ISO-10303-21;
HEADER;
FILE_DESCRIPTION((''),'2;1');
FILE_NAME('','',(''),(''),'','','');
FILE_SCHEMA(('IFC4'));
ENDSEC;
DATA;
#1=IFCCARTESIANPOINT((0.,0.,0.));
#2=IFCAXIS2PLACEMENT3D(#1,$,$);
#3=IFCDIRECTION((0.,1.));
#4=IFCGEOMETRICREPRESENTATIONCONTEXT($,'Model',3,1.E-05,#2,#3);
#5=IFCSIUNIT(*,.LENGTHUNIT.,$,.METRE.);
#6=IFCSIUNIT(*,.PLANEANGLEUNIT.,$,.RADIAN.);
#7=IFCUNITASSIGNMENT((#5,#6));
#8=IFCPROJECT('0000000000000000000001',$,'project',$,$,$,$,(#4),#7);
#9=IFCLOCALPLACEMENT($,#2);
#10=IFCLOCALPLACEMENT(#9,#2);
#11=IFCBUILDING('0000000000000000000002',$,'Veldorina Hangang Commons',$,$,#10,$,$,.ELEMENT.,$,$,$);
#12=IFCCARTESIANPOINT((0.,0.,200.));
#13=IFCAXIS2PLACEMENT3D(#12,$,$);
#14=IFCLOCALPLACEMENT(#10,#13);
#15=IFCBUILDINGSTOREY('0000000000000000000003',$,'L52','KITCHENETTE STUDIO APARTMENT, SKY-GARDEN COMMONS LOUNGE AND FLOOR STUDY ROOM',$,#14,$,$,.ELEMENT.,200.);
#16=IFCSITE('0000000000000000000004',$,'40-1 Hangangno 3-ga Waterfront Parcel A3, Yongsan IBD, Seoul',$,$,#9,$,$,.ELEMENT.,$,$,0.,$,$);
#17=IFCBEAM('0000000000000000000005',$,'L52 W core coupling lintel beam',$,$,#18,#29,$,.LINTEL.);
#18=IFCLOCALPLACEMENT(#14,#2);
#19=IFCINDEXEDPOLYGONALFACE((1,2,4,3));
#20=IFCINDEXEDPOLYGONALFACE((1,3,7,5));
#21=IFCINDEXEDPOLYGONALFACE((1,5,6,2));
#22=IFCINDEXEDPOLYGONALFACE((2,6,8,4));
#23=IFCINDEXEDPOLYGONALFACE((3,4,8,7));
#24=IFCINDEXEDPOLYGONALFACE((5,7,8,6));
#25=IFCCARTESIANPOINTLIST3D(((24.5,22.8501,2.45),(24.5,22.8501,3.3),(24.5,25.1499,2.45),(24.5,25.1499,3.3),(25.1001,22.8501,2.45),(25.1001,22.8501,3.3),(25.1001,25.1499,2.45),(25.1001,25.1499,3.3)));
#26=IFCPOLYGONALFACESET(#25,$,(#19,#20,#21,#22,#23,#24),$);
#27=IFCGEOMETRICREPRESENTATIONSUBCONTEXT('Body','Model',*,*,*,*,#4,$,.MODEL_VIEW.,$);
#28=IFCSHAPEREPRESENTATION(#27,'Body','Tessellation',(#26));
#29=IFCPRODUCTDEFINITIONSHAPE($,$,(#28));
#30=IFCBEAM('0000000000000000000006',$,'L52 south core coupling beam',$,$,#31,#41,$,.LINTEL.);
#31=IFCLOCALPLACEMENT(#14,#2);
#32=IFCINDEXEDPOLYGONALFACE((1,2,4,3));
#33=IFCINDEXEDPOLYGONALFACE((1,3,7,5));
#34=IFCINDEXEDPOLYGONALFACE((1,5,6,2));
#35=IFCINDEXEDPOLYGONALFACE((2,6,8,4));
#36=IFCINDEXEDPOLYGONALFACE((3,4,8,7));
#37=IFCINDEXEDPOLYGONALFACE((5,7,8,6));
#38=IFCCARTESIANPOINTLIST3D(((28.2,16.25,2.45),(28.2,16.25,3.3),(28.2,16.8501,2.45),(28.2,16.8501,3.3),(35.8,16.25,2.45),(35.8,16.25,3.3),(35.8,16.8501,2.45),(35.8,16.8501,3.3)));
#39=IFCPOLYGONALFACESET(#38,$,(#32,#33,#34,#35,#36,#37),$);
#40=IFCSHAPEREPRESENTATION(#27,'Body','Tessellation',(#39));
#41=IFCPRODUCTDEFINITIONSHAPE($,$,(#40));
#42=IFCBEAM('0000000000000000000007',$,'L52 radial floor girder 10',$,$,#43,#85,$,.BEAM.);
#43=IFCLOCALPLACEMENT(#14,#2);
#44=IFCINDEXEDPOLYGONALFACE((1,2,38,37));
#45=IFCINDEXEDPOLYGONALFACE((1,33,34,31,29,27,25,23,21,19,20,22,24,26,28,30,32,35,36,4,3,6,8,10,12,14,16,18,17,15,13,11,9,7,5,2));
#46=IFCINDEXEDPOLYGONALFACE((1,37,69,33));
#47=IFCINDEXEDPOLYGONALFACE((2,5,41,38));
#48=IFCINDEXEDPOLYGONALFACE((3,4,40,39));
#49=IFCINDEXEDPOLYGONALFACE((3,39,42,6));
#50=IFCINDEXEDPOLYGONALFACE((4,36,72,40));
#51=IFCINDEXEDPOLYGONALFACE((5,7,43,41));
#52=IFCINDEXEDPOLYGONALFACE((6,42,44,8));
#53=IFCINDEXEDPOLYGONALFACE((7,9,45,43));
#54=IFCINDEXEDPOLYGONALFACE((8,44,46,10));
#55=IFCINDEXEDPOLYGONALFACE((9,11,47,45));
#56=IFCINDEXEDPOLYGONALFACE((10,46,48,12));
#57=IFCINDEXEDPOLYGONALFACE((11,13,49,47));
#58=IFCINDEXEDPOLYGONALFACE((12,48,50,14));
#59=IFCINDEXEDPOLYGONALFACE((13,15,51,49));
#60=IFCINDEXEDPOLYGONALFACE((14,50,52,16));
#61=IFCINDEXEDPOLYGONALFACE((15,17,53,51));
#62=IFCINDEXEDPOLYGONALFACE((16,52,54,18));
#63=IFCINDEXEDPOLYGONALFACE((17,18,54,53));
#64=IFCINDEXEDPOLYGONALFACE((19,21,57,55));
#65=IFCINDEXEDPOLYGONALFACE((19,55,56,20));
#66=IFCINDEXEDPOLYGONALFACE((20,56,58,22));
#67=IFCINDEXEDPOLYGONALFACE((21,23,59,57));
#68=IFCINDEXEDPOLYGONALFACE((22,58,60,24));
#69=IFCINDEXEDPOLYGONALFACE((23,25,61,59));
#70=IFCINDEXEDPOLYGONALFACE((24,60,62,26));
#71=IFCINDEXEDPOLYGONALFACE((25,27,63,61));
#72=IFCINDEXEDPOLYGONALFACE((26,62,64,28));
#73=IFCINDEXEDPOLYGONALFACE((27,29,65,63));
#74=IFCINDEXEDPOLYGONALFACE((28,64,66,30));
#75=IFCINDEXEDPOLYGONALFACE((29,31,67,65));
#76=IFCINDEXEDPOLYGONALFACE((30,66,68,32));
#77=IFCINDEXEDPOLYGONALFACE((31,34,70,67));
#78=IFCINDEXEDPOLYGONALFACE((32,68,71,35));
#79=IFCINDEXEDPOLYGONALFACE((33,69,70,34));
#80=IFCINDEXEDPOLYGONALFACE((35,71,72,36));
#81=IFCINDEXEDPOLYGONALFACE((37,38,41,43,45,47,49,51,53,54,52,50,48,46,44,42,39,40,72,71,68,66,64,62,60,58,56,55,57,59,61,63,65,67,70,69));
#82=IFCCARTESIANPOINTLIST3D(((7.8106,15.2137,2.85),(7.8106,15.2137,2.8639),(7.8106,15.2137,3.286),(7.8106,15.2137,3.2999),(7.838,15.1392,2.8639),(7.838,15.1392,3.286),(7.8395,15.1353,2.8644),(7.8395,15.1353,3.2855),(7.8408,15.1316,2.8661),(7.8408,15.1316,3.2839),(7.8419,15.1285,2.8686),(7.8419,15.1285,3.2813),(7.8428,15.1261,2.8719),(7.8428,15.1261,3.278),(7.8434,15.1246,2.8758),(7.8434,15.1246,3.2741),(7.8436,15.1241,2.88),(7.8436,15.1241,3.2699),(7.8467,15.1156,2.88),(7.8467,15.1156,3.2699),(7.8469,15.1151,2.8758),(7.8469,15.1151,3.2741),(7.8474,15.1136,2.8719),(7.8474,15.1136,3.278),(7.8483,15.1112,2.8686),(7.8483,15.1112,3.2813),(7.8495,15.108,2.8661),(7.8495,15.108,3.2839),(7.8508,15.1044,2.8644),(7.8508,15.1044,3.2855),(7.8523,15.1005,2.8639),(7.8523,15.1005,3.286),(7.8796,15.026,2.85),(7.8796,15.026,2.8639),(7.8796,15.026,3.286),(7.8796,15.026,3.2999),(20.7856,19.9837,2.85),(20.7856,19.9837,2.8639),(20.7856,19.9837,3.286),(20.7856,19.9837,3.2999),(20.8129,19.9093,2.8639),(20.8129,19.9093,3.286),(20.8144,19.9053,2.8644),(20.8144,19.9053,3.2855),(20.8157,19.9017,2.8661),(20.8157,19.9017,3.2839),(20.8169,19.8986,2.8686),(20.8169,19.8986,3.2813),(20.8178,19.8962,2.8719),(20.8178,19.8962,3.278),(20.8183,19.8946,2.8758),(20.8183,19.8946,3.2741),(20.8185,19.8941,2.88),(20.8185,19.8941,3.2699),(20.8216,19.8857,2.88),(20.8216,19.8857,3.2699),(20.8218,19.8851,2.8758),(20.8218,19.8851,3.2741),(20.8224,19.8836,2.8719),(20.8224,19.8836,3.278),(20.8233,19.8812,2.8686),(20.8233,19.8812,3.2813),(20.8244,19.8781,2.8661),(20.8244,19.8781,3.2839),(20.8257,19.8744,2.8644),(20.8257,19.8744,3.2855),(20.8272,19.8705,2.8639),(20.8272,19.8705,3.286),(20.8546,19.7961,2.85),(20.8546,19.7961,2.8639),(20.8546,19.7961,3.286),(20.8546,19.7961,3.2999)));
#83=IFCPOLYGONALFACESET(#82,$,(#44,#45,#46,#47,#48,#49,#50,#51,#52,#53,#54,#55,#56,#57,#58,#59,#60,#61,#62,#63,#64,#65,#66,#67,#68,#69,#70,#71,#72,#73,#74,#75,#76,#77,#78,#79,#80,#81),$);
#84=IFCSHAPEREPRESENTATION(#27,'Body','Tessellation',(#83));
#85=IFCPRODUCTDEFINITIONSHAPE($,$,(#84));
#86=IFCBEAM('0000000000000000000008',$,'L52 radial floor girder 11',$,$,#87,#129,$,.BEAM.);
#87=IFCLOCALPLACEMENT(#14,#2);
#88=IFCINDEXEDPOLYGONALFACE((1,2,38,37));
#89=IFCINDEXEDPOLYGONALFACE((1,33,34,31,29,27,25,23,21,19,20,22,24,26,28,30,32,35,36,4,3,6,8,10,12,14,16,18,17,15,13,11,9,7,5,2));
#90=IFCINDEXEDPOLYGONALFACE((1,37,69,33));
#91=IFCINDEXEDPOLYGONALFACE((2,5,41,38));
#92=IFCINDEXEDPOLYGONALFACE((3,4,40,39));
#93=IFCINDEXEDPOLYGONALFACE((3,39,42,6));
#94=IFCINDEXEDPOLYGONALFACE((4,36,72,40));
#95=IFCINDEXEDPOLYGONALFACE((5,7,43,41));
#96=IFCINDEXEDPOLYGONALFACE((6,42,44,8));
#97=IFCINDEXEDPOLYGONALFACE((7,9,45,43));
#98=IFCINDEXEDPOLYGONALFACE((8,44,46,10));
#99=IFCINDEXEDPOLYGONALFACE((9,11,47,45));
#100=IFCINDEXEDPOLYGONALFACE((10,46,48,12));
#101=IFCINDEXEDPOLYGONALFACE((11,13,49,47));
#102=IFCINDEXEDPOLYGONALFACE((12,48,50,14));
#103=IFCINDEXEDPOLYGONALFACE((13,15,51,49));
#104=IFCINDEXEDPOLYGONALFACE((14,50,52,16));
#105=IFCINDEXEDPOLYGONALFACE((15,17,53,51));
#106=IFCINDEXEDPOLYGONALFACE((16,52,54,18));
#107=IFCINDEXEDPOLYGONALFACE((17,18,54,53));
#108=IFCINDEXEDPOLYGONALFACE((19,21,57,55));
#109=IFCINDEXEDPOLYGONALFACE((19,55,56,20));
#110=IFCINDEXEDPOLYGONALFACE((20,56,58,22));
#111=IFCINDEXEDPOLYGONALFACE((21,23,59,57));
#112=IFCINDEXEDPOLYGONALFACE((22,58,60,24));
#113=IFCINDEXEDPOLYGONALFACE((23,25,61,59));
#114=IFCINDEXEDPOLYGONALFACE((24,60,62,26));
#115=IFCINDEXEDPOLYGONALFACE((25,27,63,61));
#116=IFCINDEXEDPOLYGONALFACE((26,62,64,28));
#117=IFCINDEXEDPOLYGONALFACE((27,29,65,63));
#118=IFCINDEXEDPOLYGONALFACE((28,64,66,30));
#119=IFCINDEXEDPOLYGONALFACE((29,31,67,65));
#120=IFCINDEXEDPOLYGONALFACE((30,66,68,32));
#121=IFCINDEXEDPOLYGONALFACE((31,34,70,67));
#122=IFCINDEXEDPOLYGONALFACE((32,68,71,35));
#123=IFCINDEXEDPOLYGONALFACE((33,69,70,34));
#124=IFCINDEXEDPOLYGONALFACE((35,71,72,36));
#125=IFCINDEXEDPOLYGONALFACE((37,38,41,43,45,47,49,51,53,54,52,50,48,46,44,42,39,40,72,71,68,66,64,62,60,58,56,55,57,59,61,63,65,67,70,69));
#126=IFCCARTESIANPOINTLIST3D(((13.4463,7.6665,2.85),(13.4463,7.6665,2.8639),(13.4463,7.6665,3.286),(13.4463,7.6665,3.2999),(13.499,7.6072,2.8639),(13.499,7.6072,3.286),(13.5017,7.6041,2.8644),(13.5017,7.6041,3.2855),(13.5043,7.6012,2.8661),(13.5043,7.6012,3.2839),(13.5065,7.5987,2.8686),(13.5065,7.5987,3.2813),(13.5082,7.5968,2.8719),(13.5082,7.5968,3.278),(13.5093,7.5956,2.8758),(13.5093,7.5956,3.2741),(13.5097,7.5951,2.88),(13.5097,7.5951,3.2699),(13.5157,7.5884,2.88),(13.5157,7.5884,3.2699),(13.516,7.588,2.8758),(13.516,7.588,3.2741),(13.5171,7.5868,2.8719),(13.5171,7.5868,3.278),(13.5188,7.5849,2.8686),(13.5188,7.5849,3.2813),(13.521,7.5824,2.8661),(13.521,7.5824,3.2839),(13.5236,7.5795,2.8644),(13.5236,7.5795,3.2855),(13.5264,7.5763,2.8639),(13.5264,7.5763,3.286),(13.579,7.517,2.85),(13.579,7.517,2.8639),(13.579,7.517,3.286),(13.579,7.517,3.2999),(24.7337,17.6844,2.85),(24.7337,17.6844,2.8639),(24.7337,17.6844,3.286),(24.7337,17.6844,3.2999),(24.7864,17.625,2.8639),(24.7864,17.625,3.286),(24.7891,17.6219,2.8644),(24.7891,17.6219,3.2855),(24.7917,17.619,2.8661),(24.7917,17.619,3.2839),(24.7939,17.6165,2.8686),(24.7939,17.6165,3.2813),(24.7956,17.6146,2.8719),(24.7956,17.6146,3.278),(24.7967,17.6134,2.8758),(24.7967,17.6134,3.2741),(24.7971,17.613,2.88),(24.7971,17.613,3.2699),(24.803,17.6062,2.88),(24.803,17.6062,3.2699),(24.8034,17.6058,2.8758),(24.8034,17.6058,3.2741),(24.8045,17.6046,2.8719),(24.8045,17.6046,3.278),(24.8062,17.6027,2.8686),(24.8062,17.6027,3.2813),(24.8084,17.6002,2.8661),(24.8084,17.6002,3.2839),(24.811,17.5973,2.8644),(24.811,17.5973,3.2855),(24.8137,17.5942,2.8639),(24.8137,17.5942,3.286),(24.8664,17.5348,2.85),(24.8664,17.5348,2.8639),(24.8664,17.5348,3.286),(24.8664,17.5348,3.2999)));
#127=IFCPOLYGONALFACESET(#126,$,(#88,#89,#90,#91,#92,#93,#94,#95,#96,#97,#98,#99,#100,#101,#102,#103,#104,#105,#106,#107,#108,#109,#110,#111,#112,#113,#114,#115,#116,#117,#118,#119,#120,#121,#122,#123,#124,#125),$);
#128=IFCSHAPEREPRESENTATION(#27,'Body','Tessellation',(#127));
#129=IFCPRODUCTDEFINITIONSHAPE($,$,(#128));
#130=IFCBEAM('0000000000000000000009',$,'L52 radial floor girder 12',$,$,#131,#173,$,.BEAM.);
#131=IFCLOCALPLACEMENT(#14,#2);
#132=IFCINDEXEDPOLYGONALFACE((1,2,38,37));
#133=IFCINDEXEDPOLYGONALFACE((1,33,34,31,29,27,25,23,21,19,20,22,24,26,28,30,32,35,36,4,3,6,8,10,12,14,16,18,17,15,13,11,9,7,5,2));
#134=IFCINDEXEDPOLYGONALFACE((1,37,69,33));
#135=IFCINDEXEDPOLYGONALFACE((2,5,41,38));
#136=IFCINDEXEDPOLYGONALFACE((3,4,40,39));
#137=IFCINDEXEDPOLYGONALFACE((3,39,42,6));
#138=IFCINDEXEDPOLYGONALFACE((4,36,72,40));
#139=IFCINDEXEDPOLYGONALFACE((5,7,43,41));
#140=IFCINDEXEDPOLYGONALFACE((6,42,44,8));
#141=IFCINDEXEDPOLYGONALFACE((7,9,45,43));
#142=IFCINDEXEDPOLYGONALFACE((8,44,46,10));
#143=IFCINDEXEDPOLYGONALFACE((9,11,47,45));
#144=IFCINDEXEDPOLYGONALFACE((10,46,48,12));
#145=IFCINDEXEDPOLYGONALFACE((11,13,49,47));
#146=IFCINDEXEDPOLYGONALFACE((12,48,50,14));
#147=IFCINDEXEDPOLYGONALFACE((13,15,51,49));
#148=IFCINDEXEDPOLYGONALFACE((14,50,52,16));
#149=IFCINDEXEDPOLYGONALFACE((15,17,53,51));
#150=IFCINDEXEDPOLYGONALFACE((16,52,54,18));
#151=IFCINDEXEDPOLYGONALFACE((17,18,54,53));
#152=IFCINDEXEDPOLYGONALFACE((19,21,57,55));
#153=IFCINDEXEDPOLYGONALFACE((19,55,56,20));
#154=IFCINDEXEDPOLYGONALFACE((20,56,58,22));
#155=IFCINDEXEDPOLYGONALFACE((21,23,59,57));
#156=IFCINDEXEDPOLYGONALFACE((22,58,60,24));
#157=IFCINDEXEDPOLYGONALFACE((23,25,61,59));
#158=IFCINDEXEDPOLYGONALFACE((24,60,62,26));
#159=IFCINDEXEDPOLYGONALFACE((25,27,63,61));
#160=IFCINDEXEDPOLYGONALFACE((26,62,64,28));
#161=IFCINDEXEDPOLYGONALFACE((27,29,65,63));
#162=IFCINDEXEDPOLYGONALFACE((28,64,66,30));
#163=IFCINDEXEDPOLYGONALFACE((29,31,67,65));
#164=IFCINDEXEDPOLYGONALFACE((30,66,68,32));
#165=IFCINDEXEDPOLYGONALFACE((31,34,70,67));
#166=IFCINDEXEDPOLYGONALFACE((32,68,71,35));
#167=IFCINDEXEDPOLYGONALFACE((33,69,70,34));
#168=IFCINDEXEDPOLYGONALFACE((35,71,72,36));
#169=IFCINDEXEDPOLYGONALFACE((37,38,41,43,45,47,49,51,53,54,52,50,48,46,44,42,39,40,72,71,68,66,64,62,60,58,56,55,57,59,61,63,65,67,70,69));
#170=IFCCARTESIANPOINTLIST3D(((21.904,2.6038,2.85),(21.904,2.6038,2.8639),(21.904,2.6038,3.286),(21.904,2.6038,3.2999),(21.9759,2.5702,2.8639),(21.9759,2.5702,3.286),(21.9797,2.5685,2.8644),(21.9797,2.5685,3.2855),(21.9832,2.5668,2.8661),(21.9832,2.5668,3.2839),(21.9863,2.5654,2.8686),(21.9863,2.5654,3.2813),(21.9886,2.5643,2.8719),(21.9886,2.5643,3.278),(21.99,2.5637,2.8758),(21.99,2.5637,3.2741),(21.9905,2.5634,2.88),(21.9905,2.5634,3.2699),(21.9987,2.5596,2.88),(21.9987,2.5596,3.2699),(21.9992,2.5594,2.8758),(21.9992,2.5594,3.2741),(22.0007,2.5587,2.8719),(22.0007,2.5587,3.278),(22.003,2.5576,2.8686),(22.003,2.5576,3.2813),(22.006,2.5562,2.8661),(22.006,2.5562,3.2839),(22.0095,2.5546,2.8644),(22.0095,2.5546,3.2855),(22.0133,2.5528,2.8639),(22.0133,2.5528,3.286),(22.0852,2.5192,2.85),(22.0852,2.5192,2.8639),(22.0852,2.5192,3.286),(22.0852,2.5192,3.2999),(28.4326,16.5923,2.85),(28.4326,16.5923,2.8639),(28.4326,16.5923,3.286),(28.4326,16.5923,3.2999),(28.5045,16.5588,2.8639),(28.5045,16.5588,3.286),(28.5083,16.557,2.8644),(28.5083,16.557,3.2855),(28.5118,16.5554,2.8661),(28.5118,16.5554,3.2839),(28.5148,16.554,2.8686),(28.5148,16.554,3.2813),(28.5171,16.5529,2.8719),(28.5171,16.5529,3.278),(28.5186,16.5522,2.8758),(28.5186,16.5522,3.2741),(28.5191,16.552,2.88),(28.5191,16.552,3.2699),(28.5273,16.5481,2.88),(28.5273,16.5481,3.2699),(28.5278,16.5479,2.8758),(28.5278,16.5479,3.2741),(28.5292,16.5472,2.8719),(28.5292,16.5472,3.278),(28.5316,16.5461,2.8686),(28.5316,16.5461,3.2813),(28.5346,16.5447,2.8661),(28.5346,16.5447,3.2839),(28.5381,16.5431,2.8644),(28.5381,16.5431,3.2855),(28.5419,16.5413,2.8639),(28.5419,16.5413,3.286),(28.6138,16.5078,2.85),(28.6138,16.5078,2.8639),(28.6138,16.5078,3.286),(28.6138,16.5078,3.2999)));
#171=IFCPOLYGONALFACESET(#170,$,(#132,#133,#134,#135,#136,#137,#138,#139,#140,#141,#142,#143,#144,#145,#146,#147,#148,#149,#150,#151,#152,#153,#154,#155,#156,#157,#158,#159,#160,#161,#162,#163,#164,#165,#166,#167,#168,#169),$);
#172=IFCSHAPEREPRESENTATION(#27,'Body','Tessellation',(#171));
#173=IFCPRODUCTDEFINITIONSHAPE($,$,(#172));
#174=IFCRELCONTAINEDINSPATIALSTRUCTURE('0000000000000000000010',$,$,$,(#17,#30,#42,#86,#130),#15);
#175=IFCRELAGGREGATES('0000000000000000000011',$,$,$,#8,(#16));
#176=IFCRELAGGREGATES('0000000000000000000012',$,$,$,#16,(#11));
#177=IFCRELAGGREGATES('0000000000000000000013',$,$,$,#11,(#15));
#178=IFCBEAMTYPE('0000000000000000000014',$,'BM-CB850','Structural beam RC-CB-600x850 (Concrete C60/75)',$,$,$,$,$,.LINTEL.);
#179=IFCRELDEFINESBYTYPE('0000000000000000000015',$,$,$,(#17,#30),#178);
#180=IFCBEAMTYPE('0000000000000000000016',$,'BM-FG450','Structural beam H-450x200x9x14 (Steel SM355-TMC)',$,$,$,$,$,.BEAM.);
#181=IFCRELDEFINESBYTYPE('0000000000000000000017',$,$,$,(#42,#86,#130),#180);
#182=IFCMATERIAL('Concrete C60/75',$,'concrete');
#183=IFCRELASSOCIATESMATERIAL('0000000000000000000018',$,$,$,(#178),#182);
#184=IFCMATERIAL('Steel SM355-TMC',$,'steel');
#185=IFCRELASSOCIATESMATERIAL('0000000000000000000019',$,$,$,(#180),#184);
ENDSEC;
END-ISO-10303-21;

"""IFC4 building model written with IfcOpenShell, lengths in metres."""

from ifc_helpers import new_model, si_unit, direction, frame, origin, origin_2d, place, context, subcontext, project, spatial, rectangle, i_section, extrude, material, material_profile, profile_set, type_object, element, save


model = new_model("IFC4")

# Units and contexts
model_context = context("Model", 3, precision=1e-05, world=origin(), true_north=direction((0.0, 1.0)))
body_context = subcontext(model_context, "Body", "Model", "MODEL_VIEW")
ifc_project = project(units=[si_unit("LENGTHUNIT", "METRE"), si_unit("PLANEANGLEUNIT", "RADIAN")], contexts=[model_context])

# Site, building, storey
site_placement = place(None, origin())
site = spatial("IfcSite", under=ifc_project, at=site_placement, Name="40-1 Hangangno 3-ga Waterfront Parcel A3, Yongsan IBD, Seoul", CompositionType="ELEMENT", RefElevation=0.0)
building_placement = place(site_placement, origin())
building = spatial("IfcBuilding", under=site, at=building_placement, Name="Veldorina Hangang Commons", CompositionType="ELEMENT")
storey_placement = place(building_placement, frame((0.0, 0.0, 200.0)))
storey = spatial("IfcBuildingStorey", under=building, at=storey_placement, Name="L52", Description="KITCHENETTE STUDIO APARTMENT, SKY-GARDEN COMMONS LOUNGE AND FLOOR STUDY ROOM", CompositionType="ELEMENT", Elevation=200.0)

# Beams
ifc_material_1 = material(Name="Concrete C60/75", Category="concrete")
ifc_material_profile_1 = material_profile(ifc_material_1, rectangle(XDim=0.6001, YDim=0.8501, at=origin_2d()), Name="RC-CB-600x850")
ifc_profile_set_1 = profile_set([ifc_material_profile_1], Name="Concrete C60/75")
beam_type_1 = type_object("IfcBeamType", Name="BM-CB850", Description="Structural beam RC-CB-600x850 (Concrete C60/75)", PredefinedType="LINTEL", material=ifc_profile_set_1)
beam_1_placement = place(storey_placement, frame((24.8, 22.8501, 2.875), z_axis=(0.0, 1.0, 0.0), x_axis=(-1.0, 0.0, 0.0)))
element("IfcBeam", 1, at=beam_1_placement, inside=storey, type_object=beam_type_1, Name="L52 W core coupling lintel beam", PredefinedType="LINTEL", context=body_context, shape_type="SweptSolid", body=[
    extrude(rectangle(XDim=0.6001, YDim=0.8501, at=origin_2d()), origin(), (0.0, 0.0, 1.0), 2.2998),
])
beam_2_placement = place(storey_placement, frame((28.2, 16.55, 2.875), z_axis=(1.0, 0.0, 0.0), x_axis=(0.0, 1.0, 0.0)))
element("IfcBeam", 2, at=beam_2_placement, inside=storey, type_object=beam_type_1, Name="L52 south core coupling beam", PredefinedType="LINTEL", context=body_context, shape_type="SweptSolid", body=[
    extrude(rectangle(XDim=0.6001, YDim=0.8501, at=origin_2d()), origin(), (0.0, 0.0, 1.0), 7.6001),
])
ifc_material_2 = material(Name="Steel SM355-TMC", Category="steel")
ifc_material_profile_2 = material_profile(ifc_material_2, i_section(OverallWidth=0.2, OverallDepth=0.45, WebThickness=0.009, FlangeThickness=0.0139, FilletRadius=0.0161, at=origin_2d()), Name="H-450x200x9x14")
ifc_profile_set_2 = profile_set([ifc_material_profile_2], Name="Steel SM355-TMC")
beam_type_2 = type_object("IfcBeamType", Name="BM-FG450", Description="Structural beam H-450x200x9x14 (Steel SM355-TMC)", PredefinedType="BEAM", material=ifc_profile_set_2)
beam_3_placement = place(storey_placement, frame((20.8201, 19.8899, 3.075), z_axis=(-0.938582, -0.345056, 0.0), x_axis=(0.345056, -0.938582, 0.0)))
element("IfcBeam", 3, at=beam_3_placement, inside=storey, type_object=beam_type_2, Name="L52 radial floor girder 10", PredefinedType="BEAM", context=body_context, shape_type="SweptSolid", body=[
    extrude(i_section(OverallWidth=0.2, OverallDepth=0.45, WebThickness=0.009, FlangeThickness=0.0139, FilletRadius=0.0161, at=origin_2d()), origin(), (0.0, 0.0, 1.0), 13.824),
])
beam_4_placement = place(storey_placement, frame((24.8, 17.6096, 3.075), z_axis=(-0.747915, -0.663794, 0.0), x_axis=(0.663794, -0.747915, 0.0)))
element("IfcBeam", 4, at=beam_4_placement, inside=storey, type_object=beam_type_2, Name="L52 radial floor girder 11", PredefinedType="BEAM", context=body_context, shape_type="SweptSolid", body=[
    extrude(i_section(OverallWidth=0.2, OverallDepth=0.45, WebThickness=0.009, FlangeThickness=0.0139, FilletRadius=0.0161, at=origin_2d()), origin(), (0.0, 0.0, 1.0), 15.0918),
])
beam_5_placement = place(storey_placement, frame((28.5232, 16.55, 3.075), z_axis=(-0.422917, -0.906169, 0.0), x_axis=(0.906169, -0.422917, 0.0)))
element("IfcBeam", 5, at=beam_5_placement, inside=storey, type_object=beam_type_2, Name="L52 radial floor girder 12", PredefinedType="BEAM", context=body_context, shape_type="SweptSolid", body=[
    extrude(i_section(OverallWidth=0.2, OverallDepth=0.45, WebThickness=0.009, FlangeThickness=0.0139, FilletRadius=0.0161, at=origin_2d()), origin(), (0.0, 0.0, 1.0), 15.437),
])

save(model, "model.ifc")
